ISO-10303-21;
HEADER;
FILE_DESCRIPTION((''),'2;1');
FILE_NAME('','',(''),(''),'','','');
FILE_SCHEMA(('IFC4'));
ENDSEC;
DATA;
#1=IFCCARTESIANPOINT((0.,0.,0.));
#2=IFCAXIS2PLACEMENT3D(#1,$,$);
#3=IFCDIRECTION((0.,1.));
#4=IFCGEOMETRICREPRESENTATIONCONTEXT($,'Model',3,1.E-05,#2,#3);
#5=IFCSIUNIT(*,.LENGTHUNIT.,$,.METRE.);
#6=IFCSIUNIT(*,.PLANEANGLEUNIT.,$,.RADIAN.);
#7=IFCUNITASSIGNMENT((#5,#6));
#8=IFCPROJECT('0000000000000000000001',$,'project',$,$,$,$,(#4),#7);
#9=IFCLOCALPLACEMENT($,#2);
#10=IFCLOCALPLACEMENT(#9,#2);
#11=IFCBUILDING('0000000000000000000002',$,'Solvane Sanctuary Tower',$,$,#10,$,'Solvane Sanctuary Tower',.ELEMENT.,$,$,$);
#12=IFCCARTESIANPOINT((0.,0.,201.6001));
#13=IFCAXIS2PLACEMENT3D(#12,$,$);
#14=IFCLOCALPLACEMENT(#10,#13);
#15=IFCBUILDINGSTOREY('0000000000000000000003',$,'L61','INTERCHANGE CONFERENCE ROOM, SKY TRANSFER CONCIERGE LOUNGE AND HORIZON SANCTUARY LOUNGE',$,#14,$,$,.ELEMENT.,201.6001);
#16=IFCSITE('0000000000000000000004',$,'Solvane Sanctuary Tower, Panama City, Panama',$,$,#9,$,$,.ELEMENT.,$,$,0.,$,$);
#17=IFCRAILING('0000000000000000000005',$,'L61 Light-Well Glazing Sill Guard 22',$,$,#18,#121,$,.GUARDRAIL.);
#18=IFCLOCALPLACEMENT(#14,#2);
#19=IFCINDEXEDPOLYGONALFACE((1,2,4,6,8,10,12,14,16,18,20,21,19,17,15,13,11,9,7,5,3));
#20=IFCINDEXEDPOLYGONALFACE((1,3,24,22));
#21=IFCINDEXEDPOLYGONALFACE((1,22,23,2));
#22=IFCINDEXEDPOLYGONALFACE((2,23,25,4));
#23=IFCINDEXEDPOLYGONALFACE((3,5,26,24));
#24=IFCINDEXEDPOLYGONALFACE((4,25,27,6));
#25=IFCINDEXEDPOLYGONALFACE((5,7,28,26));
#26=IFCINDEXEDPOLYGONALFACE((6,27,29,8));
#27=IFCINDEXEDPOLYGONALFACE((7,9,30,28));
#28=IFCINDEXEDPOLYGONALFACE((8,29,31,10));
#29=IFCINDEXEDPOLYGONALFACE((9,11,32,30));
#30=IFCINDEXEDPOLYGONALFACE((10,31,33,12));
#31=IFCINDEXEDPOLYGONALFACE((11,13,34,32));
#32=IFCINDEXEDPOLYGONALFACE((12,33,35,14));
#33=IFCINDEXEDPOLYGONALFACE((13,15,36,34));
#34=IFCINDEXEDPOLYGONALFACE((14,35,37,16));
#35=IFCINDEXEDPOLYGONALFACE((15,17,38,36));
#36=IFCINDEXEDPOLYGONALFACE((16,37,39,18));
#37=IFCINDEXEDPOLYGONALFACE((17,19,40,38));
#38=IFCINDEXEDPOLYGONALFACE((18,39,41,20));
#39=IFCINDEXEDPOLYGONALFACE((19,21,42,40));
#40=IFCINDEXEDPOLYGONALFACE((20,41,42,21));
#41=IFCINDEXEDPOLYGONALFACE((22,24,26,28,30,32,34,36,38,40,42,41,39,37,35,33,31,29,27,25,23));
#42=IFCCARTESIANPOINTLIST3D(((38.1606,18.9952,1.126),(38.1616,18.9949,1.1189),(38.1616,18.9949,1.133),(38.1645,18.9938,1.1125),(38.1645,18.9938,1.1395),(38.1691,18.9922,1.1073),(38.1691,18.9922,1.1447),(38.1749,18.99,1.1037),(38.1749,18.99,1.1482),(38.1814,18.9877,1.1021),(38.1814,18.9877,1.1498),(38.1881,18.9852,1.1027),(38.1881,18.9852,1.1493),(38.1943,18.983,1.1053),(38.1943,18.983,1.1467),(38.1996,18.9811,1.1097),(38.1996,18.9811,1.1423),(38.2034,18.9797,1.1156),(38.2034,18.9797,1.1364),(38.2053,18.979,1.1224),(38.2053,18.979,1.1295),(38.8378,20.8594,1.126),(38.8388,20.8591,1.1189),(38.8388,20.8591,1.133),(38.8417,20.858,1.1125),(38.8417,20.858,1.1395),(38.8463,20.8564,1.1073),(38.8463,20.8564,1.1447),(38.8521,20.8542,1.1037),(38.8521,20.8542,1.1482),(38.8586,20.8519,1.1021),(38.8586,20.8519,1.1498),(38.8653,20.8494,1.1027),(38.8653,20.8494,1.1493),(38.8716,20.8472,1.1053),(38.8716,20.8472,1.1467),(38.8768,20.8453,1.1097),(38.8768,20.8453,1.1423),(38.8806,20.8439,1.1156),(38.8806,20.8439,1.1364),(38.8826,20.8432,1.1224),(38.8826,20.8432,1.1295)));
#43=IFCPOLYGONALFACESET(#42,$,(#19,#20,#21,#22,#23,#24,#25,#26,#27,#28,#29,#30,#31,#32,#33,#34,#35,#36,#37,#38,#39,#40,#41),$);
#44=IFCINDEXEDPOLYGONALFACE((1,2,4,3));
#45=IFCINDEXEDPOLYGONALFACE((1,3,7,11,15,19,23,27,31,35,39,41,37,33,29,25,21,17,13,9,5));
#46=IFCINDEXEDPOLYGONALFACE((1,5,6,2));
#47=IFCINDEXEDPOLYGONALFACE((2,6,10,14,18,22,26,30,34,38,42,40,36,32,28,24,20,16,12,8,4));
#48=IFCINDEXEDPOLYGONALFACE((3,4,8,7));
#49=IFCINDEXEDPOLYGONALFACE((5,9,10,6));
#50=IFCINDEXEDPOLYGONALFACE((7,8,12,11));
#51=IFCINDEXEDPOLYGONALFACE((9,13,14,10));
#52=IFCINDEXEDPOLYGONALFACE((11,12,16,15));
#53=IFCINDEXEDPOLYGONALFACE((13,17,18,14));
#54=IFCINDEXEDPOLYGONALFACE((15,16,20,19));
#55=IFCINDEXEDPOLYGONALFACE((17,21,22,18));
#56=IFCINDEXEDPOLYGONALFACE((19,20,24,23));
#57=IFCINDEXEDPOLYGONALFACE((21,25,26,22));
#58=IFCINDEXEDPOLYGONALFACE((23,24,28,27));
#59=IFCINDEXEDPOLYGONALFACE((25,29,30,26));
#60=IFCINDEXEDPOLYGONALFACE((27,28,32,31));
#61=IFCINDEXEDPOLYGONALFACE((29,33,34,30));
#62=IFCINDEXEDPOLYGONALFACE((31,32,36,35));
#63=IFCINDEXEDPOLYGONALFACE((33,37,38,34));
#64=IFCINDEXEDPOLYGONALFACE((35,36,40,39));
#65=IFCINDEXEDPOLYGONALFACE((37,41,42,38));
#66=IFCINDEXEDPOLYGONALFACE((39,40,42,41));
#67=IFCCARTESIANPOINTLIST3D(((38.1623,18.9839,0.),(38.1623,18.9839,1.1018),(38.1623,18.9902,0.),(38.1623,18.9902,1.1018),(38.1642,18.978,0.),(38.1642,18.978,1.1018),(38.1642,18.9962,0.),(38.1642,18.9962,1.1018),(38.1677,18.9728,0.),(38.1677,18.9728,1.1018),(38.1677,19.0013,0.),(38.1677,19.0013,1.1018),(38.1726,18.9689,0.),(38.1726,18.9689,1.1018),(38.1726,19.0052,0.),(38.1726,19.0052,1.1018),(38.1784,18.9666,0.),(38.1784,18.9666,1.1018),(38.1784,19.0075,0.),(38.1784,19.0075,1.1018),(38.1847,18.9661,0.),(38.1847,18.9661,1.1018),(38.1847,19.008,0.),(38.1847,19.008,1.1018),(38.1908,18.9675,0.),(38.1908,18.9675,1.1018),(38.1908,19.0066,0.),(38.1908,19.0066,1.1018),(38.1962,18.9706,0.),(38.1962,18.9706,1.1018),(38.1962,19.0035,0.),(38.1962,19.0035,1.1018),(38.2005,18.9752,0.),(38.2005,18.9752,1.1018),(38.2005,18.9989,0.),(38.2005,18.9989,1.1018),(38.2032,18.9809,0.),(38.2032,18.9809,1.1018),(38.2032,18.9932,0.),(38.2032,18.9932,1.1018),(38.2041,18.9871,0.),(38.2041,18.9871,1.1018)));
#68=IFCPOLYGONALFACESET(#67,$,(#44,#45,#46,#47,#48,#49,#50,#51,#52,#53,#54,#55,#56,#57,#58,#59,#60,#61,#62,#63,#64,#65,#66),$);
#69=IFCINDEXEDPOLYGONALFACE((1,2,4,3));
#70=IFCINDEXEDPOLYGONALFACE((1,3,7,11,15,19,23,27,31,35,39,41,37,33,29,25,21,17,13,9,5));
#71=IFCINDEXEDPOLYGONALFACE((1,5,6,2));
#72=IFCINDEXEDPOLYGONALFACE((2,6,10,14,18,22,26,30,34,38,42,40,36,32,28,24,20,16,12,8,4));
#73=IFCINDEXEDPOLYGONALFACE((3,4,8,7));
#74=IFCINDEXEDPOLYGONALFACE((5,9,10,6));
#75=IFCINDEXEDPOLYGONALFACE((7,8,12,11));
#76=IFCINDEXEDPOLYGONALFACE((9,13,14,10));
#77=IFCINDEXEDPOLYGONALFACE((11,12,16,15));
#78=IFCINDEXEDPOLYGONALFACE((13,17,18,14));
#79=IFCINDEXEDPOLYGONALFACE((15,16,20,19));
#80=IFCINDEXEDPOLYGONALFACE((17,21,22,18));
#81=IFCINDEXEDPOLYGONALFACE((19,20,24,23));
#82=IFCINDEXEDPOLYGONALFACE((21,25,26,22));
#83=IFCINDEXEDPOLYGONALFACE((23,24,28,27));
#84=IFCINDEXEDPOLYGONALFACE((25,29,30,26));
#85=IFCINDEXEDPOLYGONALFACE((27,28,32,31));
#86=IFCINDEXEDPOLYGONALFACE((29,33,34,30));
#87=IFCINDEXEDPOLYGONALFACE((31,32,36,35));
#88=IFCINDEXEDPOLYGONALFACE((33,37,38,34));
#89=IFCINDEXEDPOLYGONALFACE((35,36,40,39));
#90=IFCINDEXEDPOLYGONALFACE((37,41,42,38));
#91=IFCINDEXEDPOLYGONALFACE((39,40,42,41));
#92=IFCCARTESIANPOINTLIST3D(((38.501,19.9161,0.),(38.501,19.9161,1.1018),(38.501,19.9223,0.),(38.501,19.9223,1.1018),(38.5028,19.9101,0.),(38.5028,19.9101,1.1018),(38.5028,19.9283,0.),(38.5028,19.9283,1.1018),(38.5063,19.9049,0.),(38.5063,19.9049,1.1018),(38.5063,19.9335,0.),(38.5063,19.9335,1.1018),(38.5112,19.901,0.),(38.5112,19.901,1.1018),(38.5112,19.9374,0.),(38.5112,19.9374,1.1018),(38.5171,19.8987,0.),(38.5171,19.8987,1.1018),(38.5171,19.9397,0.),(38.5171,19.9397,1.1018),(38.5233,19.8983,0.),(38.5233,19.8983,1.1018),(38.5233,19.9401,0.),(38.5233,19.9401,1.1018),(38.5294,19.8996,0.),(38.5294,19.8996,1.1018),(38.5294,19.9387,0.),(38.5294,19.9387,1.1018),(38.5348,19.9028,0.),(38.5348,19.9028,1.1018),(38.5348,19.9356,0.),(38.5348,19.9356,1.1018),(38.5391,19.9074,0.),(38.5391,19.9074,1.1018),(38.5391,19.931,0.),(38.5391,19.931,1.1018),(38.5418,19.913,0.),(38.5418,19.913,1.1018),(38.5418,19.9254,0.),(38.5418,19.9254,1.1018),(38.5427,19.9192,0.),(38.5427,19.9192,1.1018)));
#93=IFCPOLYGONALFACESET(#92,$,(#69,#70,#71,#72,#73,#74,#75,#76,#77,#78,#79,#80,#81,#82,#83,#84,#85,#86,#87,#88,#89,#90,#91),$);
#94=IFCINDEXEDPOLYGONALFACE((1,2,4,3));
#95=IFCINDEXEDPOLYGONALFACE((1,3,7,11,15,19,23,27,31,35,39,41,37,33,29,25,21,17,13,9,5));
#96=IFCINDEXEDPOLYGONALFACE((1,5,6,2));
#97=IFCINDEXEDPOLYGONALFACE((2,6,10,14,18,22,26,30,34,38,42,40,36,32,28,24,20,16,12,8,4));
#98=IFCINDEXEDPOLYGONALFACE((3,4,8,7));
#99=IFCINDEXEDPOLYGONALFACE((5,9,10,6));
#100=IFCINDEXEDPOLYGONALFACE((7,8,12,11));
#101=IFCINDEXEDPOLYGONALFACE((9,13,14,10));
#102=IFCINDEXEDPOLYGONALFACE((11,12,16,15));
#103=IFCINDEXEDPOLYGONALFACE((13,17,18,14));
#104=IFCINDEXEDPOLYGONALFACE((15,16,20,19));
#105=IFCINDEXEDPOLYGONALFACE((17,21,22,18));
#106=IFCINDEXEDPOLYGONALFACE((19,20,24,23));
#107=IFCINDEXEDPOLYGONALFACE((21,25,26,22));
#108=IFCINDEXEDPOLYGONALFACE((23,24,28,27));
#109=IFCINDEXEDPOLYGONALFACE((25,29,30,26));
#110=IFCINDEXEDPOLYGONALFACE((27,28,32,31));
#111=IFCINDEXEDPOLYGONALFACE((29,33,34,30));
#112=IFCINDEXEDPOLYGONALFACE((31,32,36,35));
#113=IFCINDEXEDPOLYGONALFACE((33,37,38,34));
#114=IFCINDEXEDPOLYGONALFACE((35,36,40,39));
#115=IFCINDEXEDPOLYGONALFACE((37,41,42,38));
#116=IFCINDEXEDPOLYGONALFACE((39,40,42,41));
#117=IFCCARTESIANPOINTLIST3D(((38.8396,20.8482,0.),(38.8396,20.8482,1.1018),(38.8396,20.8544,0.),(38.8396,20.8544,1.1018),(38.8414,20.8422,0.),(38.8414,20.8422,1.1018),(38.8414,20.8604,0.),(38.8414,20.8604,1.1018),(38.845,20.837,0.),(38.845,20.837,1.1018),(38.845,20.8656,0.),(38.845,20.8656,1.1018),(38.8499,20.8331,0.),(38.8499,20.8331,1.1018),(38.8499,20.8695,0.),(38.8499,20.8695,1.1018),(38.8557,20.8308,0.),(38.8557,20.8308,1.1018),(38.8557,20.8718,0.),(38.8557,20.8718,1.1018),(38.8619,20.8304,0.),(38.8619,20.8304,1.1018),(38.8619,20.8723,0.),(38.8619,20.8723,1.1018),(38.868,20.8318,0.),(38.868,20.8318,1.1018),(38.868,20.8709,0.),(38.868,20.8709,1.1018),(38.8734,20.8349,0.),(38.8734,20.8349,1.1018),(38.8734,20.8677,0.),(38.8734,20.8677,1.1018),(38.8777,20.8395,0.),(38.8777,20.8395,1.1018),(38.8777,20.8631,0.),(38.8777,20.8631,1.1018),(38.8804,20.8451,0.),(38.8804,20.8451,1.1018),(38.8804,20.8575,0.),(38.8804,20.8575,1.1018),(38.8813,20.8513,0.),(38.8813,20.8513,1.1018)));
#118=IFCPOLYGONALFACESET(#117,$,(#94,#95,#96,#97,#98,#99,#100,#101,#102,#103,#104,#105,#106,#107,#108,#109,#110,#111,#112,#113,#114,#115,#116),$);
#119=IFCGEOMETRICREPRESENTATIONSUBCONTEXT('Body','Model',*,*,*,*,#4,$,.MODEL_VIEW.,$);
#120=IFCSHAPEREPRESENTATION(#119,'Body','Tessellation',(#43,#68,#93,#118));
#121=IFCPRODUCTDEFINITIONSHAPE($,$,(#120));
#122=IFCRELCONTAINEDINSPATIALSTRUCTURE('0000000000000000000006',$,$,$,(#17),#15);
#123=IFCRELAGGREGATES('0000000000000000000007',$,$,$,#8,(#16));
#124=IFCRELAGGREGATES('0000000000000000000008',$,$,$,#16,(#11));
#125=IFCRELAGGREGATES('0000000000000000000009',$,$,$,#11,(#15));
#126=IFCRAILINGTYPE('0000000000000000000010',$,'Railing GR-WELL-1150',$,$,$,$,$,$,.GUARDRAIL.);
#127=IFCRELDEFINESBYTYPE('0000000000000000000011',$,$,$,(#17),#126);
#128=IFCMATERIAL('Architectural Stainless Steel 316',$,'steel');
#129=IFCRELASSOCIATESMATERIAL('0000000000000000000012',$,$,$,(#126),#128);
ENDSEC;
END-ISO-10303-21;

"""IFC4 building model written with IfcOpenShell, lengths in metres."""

from ifc_helpers import new_model, si_unit, direction, frame, origin, origin_2d, place, context, subcontext, project, spatial, circle, extrude, material, type_object, element, save


model = new_model("IFC4")

# Units and contexts
model_context = context("Model", 3, precision=1e-05, world=origin(), true_north=direction((0.0, 1.0)))
body_context = subcontext(model_context, "Body", "Model", "MODEL_VIEW")
ifc_project = project(units=[si_unit("LENGTHUNIT", "METRE"), si_unit("PLANEANGLEUNIT", "RADIAN")], contexts=[model_context])

# Site, building, storey
site_placement = place(None, origin())
site = spatial("IfcSite", under=ifc_project, at=site_placement, Name="Solvane Sanctuary Tower, Panama City, Panama", CompositionType="ELEMENT", RefElevation=0.0)
building_placement = place(site_placement, origin())
building = spatial("IfcBuilding", under=site, at=building_placement, Name="Solvane Sanctuary Tower", LongName="Solvane Sanctuary Tower", CompositionType="ELEMENT")
storey_placement = place(building_placement, frame((0.0, 0.0, 201.6001)))
storey = spatial("IfcBuildingStorey", under=building, at=storey_placement, Name="L61", Description="INTERCHANGE CONFERENCE ROOM, SKY TRANSFER CONCIERGE LOUNGE AND HORIZON SANCTUARY LOUNGE", CompositionType="ELEMENT", Elevation=201.6001)

# Railing
ifc_material_1 = material(Name="Architectural Stainless Steel 316", Category="steel")
railing_type = type_object("IfcRailingType", Name="Railing GR-WELL-1150", PredefinedType="GUARDRAIL", material=ifc_material_1)
railing_placement = place(storey_placement, frame((38.1831, 18.9871, 0.0)))
element("IfcRailing", 1, at=railing_placement, inside=storey, type_object=railing_type, Name="L61 Light-Well Glazing Sill Guard 22", PredefinedType="GUARDRAIL", context=body_context, shape_type="SweptSolid", body=[
    extrude(circle(Radius=0.0239, at=origin_2d()), frame((0.0, 0.0, 1.126), z_axis=(0.341447, 0.939901, 0.0), x_axis=(-0.939901, 0.341447, 0.0)), (0.0, 0.0, 1.0), 1.9834),
    extrude(circle(Radius=0.021, at=origin_2d()), origin(), (0.0, 0.0, 1.0), 1.1018),
    extrude(circle(Radius=0.021, at=origin_2d()), frame((0.3386, 0.9321, 0.0)), (0.0, 0.0, 1.0), 1.1018),
    extrude(circle(Radius=0.021, at=origin_2d()), frame((0.6772, 1.8643, 0.0)), (0.0, 0.0, 1.0), 1.1018),
])

save(model, "model.ifc")
